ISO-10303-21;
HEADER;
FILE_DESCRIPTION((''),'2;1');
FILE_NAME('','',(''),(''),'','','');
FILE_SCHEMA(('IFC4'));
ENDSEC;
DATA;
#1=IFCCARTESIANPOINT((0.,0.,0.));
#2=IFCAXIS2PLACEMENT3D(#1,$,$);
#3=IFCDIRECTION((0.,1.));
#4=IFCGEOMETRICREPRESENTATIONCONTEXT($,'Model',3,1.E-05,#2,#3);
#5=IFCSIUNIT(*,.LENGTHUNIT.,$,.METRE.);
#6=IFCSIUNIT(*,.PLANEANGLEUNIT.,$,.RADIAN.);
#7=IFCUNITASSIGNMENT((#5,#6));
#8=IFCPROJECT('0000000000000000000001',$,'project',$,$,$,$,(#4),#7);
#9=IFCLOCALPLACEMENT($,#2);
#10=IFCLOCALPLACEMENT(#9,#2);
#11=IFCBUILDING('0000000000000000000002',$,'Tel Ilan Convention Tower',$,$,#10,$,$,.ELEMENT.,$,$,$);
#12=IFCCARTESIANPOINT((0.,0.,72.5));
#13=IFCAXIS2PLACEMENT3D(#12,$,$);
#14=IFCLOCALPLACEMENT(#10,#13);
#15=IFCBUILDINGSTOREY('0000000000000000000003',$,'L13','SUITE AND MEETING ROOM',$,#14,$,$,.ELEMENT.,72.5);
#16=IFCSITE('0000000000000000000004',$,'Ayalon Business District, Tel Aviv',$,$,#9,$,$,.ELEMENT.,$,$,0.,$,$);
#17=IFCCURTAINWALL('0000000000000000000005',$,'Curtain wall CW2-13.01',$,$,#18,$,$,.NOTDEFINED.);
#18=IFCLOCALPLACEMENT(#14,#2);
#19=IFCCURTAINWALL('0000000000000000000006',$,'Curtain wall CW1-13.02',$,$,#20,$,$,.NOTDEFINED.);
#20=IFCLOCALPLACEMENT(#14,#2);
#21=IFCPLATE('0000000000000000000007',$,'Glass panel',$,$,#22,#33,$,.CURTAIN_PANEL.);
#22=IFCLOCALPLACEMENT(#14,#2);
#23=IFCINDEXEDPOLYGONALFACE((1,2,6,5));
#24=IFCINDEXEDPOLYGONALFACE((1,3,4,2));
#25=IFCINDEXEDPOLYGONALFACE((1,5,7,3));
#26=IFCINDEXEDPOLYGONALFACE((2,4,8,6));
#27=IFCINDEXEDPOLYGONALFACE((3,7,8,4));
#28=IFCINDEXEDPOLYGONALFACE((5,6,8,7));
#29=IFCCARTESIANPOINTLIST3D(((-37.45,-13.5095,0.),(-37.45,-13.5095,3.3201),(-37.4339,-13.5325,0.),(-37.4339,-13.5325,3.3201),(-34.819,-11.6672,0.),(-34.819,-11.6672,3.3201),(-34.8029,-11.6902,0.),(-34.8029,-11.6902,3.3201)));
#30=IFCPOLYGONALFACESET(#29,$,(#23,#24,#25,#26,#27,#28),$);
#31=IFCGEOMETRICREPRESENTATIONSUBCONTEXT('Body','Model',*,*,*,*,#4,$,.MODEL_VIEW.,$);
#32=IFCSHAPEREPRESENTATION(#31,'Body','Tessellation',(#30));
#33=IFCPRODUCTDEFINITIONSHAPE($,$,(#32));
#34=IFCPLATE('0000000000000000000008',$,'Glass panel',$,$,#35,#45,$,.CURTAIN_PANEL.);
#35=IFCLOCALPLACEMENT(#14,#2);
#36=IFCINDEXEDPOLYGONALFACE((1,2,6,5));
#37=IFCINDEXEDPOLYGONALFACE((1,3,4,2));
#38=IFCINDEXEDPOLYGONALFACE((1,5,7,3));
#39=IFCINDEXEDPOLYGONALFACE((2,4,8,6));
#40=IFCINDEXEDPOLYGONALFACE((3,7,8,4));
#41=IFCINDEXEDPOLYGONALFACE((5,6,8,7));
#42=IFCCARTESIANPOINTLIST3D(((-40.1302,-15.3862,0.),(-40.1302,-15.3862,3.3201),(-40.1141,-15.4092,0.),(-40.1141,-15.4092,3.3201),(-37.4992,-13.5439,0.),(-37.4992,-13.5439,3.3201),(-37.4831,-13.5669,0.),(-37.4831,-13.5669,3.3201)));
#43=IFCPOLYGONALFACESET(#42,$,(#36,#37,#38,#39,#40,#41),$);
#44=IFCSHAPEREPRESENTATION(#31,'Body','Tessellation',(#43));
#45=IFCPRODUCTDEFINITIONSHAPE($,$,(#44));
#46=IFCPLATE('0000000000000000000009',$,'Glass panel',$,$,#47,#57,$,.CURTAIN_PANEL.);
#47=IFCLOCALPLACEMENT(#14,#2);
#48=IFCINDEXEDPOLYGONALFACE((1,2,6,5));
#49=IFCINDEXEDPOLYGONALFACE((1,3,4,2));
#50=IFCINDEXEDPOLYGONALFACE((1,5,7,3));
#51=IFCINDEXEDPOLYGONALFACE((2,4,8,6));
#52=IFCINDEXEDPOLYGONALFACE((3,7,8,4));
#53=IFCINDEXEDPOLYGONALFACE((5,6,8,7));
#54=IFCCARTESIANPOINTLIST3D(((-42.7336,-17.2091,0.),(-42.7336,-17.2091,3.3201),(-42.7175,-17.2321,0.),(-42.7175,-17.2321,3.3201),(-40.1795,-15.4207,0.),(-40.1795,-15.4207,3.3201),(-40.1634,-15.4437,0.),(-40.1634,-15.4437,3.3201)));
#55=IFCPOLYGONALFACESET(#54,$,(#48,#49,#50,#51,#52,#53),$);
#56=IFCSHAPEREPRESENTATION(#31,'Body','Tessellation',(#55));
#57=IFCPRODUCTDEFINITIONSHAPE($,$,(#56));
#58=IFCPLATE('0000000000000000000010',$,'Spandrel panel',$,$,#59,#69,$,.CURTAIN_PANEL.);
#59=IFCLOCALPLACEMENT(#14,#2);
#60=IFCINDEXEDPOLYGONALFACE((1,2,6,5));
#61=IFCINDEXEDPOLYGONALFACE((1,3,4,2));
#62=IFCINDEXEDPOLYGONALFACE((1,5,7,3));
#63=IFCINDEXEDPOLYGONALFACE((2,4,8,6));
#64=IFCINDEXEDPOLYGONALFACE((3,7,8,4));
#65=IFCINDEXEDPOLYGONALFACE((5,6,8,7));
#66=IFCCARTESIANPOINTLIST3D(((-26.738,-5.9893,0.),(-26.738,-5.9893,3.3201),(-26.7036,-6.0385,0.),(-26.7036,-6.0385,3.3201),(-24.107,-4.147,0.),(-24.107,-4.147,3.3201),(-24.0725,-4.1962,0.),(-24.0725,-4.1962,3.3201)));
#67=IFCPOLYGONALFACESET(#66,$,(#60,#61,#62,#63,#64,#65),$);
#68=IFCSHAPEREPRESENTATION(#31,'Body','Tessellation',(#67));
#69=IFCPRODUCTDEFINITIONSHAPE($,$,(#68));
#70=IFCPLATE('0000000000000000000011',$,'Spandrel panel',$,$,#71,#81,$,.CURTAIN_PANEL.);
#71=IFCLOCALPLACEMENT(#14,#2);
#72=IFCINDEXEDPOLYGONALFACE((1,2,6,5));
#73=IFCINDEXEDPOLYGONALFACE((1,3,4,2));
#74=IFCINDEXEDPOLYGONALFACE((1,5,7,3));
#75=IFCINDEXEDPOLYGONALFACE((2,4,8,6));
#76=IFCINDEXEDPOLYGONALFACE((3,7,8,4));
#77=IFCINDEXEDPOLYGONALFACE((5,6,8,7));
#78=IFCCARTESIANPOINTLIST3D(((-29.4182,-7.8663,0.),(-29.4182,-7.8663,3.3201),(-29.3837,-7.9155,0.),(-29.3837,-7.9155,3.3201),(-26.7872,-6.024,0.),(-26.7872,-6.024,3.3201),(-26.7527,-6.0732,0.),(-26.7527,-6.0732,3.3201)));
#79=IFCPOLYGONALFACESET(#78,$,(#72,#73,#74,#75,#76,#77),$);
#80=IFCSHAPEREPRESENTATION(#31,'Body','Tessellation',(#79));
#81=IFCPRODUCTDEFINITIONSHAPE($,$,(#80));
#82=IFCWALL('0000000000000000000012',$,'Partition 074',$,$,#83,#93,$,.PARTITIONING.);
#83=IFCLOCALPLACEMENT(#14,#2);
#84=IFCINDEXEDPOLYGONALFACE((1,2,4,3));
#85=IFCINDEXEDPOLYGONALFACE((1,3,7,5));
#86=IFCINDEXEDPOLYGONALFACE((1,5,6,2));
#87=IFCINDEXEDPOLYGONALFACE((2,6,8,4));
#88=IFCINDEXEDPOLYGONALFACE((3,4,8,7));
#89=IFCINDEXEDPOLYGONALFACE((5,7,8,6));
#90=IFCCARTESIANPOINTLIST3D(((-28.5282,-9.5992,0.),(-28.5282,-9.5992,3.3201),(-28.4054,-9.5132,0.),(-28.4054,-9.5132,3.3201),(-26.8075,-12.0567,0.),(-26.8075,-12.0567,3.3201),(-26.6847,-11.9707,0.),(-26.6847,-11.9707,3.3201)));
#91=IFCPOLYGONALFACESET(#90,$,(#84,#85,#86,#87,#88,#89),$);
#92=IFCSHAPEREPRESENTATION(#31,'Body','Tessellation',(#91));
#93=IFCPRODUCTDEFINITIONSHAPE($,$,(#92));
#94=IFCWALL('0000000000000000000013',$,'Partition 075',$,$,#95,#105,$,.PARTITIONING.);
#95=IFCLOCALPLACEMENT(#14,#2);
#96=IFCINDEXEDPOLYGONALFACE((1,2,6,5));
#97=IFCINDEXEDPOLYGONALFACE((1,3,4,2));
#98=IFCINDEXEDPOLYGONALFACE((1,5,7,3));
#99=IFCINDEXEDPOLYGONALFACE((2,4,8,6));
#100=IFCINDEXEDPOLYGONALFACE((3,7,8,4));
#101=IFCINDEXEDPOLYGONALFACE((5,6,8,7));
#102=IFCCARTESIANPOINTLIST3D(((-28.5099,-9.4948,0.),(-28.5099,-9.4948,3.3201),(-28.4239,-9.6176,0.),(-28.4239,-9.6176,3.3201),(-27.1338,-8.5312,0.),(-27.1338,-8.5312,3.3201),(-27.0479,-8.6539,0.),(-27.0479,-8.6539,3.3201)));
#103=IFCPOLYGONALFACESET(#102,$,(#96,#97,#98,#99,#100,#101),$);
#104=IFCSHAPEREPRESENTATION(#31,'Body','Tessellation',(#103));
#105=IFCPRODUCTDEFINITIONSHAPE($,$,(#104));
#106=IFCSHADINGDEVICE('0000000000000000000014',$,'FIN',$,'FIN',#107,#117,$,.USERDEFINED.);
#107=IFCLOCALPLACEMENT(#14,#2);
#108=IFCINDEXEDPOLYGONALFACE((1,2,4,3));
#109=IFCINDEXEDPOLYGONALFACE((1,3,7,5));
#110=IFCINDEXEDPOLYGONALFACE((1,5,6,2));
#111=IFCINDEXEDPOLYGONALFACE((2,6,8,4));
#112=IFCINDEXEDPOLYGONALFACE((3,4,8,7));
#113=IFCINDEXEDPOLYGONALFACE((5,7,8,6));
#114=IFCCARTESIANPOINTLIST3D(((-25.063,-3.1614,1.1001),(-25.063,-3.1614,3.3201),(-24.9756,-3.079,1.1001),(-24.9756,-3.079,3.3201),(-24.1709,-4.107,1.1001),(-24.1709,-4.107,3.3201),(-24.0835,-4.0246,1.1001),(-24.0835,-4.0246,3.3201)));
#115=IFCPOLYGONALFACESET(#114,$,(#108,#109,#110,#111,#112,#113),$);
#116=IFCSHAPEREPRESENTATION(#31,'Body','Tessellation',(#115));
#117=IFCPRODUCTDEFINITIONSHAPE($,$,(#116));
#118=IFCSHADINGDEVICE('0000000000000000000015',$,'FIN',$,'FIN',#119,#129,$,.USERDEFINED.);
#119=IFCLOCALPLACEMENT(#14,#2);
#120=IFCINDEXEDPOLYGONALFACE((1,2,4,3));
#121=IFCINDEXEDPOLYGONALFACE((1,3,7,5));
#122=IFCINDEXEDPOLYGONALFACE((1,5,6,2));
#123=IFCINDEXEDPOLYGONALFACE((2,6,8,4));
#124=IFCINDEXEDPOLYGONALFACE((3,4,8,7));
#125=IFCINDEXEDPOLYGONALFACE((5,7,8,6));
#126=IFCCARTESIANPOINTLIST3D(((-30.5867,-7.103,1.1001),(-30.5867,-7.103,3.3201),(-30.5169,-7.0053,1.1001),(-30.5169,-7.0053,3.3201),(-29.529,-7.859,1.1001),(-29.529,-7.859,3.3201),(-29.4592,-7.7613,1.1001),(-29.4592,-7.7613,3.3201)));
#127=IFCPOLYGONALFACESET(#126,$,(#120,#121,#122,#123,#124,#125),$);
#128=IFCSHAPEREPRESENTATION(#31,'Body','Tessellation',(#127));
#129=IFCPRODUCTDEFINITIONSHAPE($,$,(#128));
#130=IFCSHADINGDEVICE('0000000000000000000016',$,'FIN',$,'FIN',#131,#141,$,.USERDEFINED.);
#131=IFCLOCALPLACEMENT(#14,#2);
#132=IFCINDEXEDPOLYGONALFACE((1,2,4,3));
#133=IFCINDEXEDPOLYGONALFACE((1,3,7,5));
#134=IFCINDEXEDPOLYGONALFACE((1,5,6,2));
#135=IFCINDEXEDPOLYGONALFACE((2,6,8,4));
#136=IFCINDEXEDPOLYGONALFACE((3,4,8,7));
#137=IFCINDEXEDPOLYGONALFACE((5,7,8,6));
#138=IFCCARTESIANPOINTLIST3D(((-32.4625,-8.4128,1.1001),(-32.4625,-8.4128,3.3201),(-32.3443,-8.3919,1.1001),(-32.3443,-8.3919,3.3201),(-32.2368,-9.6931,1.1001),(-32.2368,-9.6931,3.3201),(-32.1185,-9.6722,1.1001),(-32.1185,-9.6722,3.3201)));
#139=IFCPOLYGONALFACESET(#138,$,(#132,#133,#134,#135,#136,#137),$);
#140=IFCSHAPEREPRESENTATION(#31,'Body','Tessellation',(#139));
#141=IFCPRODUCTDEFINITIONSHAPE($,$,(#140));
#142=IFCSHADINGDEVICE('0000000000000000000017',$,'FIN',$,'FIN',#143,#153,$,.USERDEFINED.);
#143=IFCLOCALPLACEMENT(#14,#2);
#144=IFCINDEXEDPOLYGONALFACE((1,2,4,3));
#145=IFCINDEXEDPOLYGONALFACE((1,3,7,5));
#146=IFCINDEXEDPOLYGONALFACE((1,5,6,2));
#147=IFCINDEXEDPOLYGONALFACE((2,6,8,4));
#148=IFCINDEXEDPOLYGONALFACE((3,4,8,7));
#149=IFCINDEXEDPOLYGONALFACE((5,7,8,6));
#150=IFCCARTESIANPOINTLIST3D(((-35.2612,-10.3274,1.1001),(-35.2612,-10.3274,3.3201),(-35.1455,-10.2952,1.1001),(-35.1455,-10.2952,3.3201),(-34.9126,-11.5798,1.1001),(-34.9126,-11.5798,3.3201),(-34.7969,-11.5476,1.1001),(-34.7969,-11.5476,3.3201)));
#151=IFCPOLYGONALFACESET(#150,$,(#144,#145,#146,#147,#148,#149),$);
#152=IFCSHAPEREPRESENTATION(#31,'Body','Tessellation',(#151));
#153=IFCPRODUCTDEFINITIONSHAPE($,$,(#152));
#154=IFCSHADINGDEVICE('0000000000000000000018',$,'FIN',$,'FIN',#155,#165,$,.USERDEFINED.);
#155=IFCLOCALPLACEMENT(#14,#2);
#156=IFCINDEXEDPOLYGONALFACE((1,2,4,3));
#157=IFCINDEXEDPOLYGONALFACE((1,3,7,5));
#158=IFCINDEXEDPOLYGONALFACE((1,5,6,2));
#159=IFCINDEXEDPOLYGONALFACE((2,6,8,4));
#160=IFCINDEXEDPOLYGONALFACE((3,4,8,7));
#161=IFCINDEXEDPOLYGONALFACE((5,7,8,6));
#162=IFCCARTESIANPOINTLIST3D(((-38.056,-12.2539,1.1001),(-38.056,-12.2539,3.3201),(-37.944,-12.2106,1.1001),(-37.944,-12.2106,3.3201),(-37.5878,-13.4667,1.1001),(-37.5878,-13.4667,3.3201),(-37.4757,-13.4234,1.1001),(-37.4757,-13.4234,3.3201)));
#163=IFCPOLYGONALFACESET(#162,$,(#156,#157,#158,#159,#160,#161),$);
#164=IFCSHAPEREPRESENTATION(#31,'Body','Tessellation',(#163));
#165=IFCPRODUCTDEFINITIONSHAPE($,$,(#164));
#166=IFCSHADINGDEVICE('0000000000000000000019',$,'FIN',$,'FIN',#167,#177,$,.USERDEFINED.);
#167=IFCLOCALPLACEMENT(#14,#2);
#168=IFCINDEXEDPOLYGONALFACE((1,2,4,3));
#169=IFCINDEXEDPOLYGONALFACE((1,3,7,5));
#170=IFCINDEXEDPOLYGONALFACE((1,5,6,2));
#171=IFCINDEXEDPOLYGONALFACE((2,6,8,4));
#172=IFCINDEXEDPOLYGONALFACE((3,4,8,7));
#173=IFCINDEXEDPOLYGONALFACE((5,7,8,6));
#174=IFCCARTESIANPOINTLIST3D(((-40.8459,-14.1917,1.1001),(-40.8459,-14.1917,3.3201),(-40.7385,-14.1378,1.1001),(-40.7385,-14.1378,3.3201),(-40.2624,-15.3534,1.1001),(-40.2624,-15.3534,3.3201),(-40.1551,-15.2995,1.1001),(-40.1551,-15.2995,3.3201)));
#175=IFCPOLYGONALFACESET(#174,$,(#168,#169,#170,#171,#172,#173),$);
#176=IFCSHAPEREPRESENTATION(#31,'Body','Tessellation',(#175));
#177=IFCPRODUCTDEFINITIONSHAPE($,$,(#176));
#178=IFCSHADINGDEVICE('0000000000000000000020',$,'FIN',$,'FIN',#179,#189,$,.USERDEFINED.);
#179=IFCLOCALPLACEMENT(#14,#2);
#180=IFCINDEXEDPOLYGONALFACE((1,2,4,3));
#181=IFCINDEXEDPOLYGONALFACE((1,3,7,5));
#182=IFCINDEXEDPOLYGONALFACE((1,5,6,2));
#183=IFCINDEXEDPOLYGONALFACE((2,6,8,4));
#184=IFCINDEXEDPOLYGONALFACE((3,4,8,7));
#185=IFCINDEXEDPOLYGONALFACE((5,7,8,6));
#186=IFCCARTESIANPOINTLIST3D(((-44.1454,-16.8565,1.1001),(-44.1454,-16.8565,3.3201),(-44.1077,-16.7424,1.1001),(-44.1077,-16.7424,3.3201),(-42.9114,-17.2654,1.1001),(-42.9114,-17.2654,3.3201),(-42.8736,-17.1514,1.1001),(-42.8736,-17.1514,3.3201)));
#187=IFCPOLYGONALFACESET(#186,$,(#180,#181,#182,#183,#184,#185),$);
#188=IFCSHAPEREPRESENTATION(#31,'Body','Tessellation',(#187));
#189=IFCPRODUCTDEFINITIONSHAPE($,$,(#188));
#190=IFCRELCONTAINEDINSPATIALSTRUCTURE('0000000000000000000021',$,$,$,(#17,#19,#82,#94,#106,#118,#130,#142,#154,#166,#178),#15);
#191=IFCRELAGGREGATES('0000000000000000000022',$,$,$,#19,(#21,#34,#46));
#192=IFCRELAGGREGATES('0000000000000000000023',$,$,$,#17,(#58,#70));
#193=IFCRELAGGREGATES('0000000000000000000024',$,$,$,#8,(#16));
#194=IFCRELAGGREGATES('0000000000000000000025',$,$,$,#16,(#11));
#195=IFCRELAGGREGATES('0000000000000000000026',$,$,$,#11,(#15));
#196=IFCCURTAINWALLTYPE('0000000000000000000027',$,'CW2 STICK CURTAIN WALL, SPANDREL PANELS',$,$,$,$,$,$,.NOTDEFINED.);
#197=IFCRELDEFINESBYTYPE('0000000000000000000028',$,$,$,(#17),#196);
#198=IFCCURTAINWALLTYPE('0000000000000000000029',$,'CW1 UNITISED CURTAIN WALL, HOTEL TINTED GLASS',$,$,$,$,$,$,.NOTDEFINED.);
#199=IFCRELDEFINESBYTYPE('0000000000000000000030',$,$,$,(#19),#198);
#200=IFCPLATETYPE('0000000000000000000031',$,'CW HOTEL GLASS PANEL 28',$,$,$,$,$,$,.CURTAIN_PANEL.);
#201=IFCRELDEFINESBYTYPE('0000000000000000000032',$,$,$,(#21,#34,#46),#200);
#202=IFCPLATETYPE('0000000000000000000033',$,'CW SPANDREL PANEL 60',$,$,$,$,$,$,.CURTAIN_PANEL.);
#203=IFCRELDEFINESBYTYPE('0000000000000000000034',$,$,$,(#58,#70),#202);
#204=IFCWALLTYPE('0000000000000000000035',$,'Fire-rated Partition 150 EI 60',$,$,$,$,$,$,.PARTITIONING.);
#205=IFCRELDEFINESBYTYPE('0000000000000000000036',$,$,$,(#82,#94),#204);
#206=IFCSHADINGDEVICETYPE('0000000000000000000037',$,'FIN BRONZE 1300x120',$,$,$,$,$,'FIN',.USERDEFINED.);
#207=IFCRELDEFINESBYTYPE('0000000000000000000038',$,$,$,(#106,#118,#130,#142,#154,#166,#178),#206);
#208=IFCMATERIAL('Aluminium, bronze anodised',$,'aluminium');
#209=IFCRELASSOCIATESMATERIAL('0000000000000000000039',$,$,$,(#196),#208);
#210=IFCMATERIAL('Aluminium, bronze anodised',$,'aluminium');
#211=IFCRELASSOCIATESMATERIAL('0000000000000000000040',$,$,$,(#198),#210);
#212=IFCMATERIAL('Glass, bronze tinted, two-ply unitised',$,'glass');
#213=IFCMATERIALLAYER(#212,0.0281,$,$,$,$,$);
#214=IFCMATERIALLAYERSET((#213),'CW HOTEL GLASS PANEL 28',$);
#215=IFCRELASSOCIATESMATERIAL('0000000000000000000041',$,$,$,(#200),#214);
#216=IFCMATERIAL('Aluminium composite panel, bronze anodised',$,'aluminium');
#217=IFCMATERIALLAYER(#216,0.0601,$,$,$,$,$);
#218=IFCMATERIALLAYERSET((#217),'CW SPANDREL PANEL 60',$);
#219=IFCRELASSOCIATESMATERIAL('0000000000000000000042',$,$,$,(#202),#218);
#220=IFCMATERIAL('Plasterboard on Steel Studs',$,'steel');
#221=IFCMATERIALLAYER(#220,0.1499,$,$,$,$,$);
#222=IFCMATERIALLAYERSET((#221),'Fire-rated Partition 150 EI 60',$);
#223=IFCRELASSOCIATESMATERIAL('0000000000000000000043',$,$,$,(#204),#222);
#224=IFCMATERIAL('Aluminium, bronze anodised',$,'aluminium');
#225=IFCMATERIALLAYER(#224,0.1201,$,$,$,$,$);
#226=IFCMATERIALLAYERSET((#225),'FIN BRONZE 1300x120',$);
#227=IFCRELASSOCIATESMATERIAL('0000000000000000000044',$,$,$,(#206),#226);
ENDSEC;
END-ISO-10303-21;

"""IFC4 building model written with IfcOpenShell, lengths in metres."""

from ifc_helpers import new_model, si_unit, direction, frame, frame_2d, origin, origin_2d, place, context, subcontext, project, spatial, rectangle, extrude, material, layer, layer_set, type_object, element, aggregate, save


model = new_model("IFC4")

# Units and contexts
model_context = context("Model", 3, precision=1e-05, world=origin(), true_north=direction((0.0, 1.0)))
body_context = subcontext(model_context, "Body", "Model", "MODEL_VIEW")
ifc_project = project(units=[si_unit("LENGTHUNIT", "METRE"), si_unit("PLANEANGLEUNIT", "RADIAN")], contexts=[model_context])

# Site, building, storey
site_placement = place(None, origin())
site = spatial("IfcSite", under=ifc_project, at=site_placement, Name="Ayalon Business District, Tel Aviv", CompositionType="ELEMENT", RefElevation=0.0)
building_placement = place(site_placement, origin())
building = spatial("IfcBuilding", under=site, at=building_placement, Name="Tel Ilan Convention Tower", CompositionType="ELEMENT")
storey_placement = place(building_placement, frame((0.0, 0.0, 72.5)))
storey = spatial("IfcBuildingStorey", under=building, at=storey_placement, Name="L13", Description="SUITE AND MEETING ROOM", CompositionType="ELEMENT", Elevation=72.5)

# Curtain wall
ifc_material_1 = material(Name="Aluminium, bronze anodised", Category="aluminium")
curtain_wall_type_1 = type_object("IfcCurtainWallType", Name="CW2 STICK CURTAIN WALL, SPANDREL PANELS", PredefinedType="NOTDEFINED", material=ifc_material_1)
curtain_wall_1_placement = place(storey_placement, origin())
curtain_wall_1 = element("IfcCurtainWall", 1, at=curtain_wall_1_placement, inside=storey, type_object=curtain_wall_type_1, Name="Curtain wall CW2-13.01", PredefinedType="NOTDEFINED")

# Curtain wall, plates
ifc_material_2 = material(Name="Aluminium, bronze anodised", Category="aluminium")
curtain_wall_type_2 = type_object("IfcCurtainWallType", Name="CW1 UNITISED CURTAIN WALL, HOTEL TINTED GLASS", PredefinedType="NOTDEFINED", material=ifc_material_2)
curtain_wall_2_placement = place(storey_placement, origin())
curtain_wall_2 = element("IfcCurtainWall", 2, at=curtain_wall_2_placement, inside=storey, type_object=curtain_wall_type_2, Name="Curtain wall CW1-13.02", PredefinedType="NOTDEFINED")
ifc_material_3 = material(Name="Glass, bronze tinted, two-ply unitised", Category="glass")
ifc_layer_1 = layer(ifc_material_3, 0.0281)
ifc_layer_set_1 = layer_set([ifc_layer_1], Name="CW HOTEL GLASS PANEL 28")
plate_type_1 = type_object("IfcPlateType", Name="CW HOTEL GLASS PANEL 28", PredefinedType="CURTAIN_PANEL", material=ifc_layer_set_1)
plate_1_placement = place(storey_placement, frame((-36.1265, -12.5999, 0.0), z_axis=(0.0, 0.0, 1.0), x_axis=(-0.819152, -0.573576, 0.0)))
plate_1 = element("IfcPlate", 3, at=plate_1_placement, type_object=plate_type_1, Name="Glass panel", PredefinedType="CURTAIN_PANEL", context=body_context, shape_type="SweptSolid", body=[
    extrude(rectangle(XDim=3.2119, YDim=0.0281, at=origin_2d()), origin(), (0.0, 0.0, 1.0), 3.3201),
])
plate_2_placement = place(storey_placement, frame((-38.8066, -14.4766, 0.0), z_axis=(0.0, 0.0, 1.0), x_axis=(-0.819152, -0.573576, 0.0)))
plate_2 = element("IfcPlate", 4, at=plate_2_placement, type_object=plate_type_1, Name="Glass panel", PredefinedType="CURTAIN_PANEL", context=body_context, shape_type="SweptSolid", body=[
    extrude(rectangle(XDim=3.2119, YDim=0.0281, at=origin_2d()), origin(), (0.0, 0.0, 1.0), 3.3201),
])
plate_3_placement = place(storey_placement, frame((-41.4485, -16.3264, 0.0), z_axis=(0.0, 0.0, 1.0), x_axis=(-0.819152, -0.573576, 0.0)))
plate_3 = element("IfcPlate", 5, at=plate_3_placement, type_object=plate_type_1, Name="Glass panel", PredefinedType="CURTAIN_PANEL", context=body_context, shape_type="SweptSolid", body=[
    extrude(rectangle(XDim=3.1179, YDim=0.0281, at=origin_2d()), origin(), (0.0, 0.0, 1.0), 3.3201),
])
aggregate(curtain_wall_2, [plate_1, plate_2, plate_3])

# Plates
ifc_material_4 = material(Name="Aluminium composite panel, bronze anodised", Category="aluminium")
ifc_layer_2 = layer(ifc_material_4, 0.0601)
ifc_layer_set_2 = layer_set([ifc_layer_2], Name="CW SPANDREL PANEL 60")
plate_type_2 = type_object("IfcPlateType", Name="CW SPANDREL PANEL 60", PredefinedType="CURTAIN_PANEL", material=ifc_layer_set_2)
plate_4_placement = place(storey_placement, frame((-25.4053, -5.0928, 0.0), z_axis=(0.0, 0.0, 1.0), x_axis=(-0.819152, -0.573576, 0.0)))
plate_4 = element("IfcPlate", 6, at=plate_4_placement, type_object=plate_type_2, Name="Spandrel panel", PredefinedType="CURTAIN_PANEL", context=body_context, shape_type="SweptSolid", body=[
    extrude(rectangle(XDim=3.2119, YDim=0.0601, at=origin_2d()), origin(), (0.0, 0.0, 1.0), 3.3201),
])
plate_5_placement = place(storey_placement, frame((-28.0854, -6.9697, 0.0), z_axis=(0.0, 0.0, 1.0), x_axis=(-0.819152, -0.573576, 0.0)))
plate_5 = element("IfcPlate", 7, at=plate_5_placement, type_object=plate_type_2, Name="Spandrel panel", PredefinedType="CURTAIN_PANEL", context=body_context, shape_type="SweptSolid", body=[
    extrude(rectangle(XDim=3.2119, YDim=0.0601, at=origin_2d()), origin(), (0.0, 0.0, 1.0), 3.3201),
])
aggregate(curtain_wall_1, [plate_4, plate_5])

# Walls
ifc_material_5 = material(Name="Plasterboard on Steel Studs", Category="steel")
ifc_layer_3 = layer(ifc_material_5, 0.1499)
ifc_layer_set_3 = layer_set([ifc_layer_3], Name="Fire-rated Partition 150 EI 60")
wall_type = type_object("IfcWallType", Name="Fire-rated Partition 150 EI 60", PredefinedType="PARTITIONING", material=ifc_layer_set_3)
wall_1_placement = place(storey_placement, frame((-26.7461, -12.0137, 0.0), z_axis=(0.0, 0.0, 1.0), x_axis=(-0.573561, 0.819163, 0.0)))
element("IfcWall", 8, at=wall_1_placement, inside=storey, type_object=wall_type, Name="Partition 074", PredefinedType="PARTITIONING", context=body_context, shape_type="SweptSolid", body=[
    extrude(rectangle(XDim=3.0, YDim=0.1499, at=frame_2d((1.5, 0.0))), origin(), (0.0, 0.0, 1.0), 3.3201),
])
wall_2_placement = place(storey_placement, frame((-28.4668, -9.5562, 0.0), z_axis=(0.0, 0.0, 1.0), x_axis=(0.819109, 0.573638, 0.0)))
element("IfcWall", 9, at=wall_2_placement, inside=storey, type_object=wall_type, Name="Partition 075", PredefinedType="PARTITIONING", context=body_context, shape_type="SweptSolid", body=[
    extrude(rectangle(XDim=1.6799, YDim=0.1499, at=frame_2d((0.8398, 0.0))), origin(), (0.0, 0.0, 1.0), 3.3201),
])

# Shading devices
ifc_material_6 = material(Name="Aluminium, bronze anodised", Category="aluminium")
ifc_layer_4 = layer(ifc_material_6, 0.1201)
ifc_layer_set_4 = layer_set([ifc_layer_4], Name="FIN BRONZE 1300x120")
shading_device_type = type_object("IfcShadingDeviceType", Name="FIN BRONZE 1300x120", ElementType="FIN", PredefinedType="USERDEFINED", material=ifc_layer_set_4)
for number, where, z_axis, x_axis, name in (
    (10, (-24.5732, -3.593, 1.1001), (0.0, 0.0, 1.0), (-0.686242, 0.727374, 0.0), "FIN"),
    (11, (-30.0229, -7.4321, 1.1001), (0.0, 0.0, 1.0), (-0.813552, 0.581492, 0.0), "FIN"),
    (12, (-32.2905, -9.0425, 1.1001), (0.0, 0.0, 1.0), (-0.173648, 0.984808, 0.0), "FIN"),
    (13, (-35.0291, -10.9375, 1.1001), (0.0, 0.0, 1.0), (-0.268173, 0.963371, 0.0), "FIN"),
    (14, (-37.7659, -12.8386, 1.1001), (0.0, 0.0, 1.0), (-0.360178, 0.932884, 0.0), "FIN"),
    (15, (-40.5005, -14.7456, 1.1001), (0.0, 0.0, 1.0), (-0.448799, 0.893633, 0.0), "FIN"),
    (16, (-43.5095, -17.0039, 1.1001), (0.0, 0.0, 1.0), (-0.949243, 0.314545, 0.0), "FIN"),
):
    element("IfcShadingDevice", number, at=place(storey_placement, frame(where, z_axis=z_axis, x_axis=x_axis)), inside=storey, type_object=shading_device_type, Name=name, ObjectType="FIN", PredefinedType="USERDEFINED", context=body_context, shape_type="SweptSolid", body=[
        extrude(rectangle(XDim=1.3, YDim=0.1201, at=origin_2d()), origin(), (0.0, 0.0, 1.0), 2.22),
    ])

save(model, "model.ifc")
